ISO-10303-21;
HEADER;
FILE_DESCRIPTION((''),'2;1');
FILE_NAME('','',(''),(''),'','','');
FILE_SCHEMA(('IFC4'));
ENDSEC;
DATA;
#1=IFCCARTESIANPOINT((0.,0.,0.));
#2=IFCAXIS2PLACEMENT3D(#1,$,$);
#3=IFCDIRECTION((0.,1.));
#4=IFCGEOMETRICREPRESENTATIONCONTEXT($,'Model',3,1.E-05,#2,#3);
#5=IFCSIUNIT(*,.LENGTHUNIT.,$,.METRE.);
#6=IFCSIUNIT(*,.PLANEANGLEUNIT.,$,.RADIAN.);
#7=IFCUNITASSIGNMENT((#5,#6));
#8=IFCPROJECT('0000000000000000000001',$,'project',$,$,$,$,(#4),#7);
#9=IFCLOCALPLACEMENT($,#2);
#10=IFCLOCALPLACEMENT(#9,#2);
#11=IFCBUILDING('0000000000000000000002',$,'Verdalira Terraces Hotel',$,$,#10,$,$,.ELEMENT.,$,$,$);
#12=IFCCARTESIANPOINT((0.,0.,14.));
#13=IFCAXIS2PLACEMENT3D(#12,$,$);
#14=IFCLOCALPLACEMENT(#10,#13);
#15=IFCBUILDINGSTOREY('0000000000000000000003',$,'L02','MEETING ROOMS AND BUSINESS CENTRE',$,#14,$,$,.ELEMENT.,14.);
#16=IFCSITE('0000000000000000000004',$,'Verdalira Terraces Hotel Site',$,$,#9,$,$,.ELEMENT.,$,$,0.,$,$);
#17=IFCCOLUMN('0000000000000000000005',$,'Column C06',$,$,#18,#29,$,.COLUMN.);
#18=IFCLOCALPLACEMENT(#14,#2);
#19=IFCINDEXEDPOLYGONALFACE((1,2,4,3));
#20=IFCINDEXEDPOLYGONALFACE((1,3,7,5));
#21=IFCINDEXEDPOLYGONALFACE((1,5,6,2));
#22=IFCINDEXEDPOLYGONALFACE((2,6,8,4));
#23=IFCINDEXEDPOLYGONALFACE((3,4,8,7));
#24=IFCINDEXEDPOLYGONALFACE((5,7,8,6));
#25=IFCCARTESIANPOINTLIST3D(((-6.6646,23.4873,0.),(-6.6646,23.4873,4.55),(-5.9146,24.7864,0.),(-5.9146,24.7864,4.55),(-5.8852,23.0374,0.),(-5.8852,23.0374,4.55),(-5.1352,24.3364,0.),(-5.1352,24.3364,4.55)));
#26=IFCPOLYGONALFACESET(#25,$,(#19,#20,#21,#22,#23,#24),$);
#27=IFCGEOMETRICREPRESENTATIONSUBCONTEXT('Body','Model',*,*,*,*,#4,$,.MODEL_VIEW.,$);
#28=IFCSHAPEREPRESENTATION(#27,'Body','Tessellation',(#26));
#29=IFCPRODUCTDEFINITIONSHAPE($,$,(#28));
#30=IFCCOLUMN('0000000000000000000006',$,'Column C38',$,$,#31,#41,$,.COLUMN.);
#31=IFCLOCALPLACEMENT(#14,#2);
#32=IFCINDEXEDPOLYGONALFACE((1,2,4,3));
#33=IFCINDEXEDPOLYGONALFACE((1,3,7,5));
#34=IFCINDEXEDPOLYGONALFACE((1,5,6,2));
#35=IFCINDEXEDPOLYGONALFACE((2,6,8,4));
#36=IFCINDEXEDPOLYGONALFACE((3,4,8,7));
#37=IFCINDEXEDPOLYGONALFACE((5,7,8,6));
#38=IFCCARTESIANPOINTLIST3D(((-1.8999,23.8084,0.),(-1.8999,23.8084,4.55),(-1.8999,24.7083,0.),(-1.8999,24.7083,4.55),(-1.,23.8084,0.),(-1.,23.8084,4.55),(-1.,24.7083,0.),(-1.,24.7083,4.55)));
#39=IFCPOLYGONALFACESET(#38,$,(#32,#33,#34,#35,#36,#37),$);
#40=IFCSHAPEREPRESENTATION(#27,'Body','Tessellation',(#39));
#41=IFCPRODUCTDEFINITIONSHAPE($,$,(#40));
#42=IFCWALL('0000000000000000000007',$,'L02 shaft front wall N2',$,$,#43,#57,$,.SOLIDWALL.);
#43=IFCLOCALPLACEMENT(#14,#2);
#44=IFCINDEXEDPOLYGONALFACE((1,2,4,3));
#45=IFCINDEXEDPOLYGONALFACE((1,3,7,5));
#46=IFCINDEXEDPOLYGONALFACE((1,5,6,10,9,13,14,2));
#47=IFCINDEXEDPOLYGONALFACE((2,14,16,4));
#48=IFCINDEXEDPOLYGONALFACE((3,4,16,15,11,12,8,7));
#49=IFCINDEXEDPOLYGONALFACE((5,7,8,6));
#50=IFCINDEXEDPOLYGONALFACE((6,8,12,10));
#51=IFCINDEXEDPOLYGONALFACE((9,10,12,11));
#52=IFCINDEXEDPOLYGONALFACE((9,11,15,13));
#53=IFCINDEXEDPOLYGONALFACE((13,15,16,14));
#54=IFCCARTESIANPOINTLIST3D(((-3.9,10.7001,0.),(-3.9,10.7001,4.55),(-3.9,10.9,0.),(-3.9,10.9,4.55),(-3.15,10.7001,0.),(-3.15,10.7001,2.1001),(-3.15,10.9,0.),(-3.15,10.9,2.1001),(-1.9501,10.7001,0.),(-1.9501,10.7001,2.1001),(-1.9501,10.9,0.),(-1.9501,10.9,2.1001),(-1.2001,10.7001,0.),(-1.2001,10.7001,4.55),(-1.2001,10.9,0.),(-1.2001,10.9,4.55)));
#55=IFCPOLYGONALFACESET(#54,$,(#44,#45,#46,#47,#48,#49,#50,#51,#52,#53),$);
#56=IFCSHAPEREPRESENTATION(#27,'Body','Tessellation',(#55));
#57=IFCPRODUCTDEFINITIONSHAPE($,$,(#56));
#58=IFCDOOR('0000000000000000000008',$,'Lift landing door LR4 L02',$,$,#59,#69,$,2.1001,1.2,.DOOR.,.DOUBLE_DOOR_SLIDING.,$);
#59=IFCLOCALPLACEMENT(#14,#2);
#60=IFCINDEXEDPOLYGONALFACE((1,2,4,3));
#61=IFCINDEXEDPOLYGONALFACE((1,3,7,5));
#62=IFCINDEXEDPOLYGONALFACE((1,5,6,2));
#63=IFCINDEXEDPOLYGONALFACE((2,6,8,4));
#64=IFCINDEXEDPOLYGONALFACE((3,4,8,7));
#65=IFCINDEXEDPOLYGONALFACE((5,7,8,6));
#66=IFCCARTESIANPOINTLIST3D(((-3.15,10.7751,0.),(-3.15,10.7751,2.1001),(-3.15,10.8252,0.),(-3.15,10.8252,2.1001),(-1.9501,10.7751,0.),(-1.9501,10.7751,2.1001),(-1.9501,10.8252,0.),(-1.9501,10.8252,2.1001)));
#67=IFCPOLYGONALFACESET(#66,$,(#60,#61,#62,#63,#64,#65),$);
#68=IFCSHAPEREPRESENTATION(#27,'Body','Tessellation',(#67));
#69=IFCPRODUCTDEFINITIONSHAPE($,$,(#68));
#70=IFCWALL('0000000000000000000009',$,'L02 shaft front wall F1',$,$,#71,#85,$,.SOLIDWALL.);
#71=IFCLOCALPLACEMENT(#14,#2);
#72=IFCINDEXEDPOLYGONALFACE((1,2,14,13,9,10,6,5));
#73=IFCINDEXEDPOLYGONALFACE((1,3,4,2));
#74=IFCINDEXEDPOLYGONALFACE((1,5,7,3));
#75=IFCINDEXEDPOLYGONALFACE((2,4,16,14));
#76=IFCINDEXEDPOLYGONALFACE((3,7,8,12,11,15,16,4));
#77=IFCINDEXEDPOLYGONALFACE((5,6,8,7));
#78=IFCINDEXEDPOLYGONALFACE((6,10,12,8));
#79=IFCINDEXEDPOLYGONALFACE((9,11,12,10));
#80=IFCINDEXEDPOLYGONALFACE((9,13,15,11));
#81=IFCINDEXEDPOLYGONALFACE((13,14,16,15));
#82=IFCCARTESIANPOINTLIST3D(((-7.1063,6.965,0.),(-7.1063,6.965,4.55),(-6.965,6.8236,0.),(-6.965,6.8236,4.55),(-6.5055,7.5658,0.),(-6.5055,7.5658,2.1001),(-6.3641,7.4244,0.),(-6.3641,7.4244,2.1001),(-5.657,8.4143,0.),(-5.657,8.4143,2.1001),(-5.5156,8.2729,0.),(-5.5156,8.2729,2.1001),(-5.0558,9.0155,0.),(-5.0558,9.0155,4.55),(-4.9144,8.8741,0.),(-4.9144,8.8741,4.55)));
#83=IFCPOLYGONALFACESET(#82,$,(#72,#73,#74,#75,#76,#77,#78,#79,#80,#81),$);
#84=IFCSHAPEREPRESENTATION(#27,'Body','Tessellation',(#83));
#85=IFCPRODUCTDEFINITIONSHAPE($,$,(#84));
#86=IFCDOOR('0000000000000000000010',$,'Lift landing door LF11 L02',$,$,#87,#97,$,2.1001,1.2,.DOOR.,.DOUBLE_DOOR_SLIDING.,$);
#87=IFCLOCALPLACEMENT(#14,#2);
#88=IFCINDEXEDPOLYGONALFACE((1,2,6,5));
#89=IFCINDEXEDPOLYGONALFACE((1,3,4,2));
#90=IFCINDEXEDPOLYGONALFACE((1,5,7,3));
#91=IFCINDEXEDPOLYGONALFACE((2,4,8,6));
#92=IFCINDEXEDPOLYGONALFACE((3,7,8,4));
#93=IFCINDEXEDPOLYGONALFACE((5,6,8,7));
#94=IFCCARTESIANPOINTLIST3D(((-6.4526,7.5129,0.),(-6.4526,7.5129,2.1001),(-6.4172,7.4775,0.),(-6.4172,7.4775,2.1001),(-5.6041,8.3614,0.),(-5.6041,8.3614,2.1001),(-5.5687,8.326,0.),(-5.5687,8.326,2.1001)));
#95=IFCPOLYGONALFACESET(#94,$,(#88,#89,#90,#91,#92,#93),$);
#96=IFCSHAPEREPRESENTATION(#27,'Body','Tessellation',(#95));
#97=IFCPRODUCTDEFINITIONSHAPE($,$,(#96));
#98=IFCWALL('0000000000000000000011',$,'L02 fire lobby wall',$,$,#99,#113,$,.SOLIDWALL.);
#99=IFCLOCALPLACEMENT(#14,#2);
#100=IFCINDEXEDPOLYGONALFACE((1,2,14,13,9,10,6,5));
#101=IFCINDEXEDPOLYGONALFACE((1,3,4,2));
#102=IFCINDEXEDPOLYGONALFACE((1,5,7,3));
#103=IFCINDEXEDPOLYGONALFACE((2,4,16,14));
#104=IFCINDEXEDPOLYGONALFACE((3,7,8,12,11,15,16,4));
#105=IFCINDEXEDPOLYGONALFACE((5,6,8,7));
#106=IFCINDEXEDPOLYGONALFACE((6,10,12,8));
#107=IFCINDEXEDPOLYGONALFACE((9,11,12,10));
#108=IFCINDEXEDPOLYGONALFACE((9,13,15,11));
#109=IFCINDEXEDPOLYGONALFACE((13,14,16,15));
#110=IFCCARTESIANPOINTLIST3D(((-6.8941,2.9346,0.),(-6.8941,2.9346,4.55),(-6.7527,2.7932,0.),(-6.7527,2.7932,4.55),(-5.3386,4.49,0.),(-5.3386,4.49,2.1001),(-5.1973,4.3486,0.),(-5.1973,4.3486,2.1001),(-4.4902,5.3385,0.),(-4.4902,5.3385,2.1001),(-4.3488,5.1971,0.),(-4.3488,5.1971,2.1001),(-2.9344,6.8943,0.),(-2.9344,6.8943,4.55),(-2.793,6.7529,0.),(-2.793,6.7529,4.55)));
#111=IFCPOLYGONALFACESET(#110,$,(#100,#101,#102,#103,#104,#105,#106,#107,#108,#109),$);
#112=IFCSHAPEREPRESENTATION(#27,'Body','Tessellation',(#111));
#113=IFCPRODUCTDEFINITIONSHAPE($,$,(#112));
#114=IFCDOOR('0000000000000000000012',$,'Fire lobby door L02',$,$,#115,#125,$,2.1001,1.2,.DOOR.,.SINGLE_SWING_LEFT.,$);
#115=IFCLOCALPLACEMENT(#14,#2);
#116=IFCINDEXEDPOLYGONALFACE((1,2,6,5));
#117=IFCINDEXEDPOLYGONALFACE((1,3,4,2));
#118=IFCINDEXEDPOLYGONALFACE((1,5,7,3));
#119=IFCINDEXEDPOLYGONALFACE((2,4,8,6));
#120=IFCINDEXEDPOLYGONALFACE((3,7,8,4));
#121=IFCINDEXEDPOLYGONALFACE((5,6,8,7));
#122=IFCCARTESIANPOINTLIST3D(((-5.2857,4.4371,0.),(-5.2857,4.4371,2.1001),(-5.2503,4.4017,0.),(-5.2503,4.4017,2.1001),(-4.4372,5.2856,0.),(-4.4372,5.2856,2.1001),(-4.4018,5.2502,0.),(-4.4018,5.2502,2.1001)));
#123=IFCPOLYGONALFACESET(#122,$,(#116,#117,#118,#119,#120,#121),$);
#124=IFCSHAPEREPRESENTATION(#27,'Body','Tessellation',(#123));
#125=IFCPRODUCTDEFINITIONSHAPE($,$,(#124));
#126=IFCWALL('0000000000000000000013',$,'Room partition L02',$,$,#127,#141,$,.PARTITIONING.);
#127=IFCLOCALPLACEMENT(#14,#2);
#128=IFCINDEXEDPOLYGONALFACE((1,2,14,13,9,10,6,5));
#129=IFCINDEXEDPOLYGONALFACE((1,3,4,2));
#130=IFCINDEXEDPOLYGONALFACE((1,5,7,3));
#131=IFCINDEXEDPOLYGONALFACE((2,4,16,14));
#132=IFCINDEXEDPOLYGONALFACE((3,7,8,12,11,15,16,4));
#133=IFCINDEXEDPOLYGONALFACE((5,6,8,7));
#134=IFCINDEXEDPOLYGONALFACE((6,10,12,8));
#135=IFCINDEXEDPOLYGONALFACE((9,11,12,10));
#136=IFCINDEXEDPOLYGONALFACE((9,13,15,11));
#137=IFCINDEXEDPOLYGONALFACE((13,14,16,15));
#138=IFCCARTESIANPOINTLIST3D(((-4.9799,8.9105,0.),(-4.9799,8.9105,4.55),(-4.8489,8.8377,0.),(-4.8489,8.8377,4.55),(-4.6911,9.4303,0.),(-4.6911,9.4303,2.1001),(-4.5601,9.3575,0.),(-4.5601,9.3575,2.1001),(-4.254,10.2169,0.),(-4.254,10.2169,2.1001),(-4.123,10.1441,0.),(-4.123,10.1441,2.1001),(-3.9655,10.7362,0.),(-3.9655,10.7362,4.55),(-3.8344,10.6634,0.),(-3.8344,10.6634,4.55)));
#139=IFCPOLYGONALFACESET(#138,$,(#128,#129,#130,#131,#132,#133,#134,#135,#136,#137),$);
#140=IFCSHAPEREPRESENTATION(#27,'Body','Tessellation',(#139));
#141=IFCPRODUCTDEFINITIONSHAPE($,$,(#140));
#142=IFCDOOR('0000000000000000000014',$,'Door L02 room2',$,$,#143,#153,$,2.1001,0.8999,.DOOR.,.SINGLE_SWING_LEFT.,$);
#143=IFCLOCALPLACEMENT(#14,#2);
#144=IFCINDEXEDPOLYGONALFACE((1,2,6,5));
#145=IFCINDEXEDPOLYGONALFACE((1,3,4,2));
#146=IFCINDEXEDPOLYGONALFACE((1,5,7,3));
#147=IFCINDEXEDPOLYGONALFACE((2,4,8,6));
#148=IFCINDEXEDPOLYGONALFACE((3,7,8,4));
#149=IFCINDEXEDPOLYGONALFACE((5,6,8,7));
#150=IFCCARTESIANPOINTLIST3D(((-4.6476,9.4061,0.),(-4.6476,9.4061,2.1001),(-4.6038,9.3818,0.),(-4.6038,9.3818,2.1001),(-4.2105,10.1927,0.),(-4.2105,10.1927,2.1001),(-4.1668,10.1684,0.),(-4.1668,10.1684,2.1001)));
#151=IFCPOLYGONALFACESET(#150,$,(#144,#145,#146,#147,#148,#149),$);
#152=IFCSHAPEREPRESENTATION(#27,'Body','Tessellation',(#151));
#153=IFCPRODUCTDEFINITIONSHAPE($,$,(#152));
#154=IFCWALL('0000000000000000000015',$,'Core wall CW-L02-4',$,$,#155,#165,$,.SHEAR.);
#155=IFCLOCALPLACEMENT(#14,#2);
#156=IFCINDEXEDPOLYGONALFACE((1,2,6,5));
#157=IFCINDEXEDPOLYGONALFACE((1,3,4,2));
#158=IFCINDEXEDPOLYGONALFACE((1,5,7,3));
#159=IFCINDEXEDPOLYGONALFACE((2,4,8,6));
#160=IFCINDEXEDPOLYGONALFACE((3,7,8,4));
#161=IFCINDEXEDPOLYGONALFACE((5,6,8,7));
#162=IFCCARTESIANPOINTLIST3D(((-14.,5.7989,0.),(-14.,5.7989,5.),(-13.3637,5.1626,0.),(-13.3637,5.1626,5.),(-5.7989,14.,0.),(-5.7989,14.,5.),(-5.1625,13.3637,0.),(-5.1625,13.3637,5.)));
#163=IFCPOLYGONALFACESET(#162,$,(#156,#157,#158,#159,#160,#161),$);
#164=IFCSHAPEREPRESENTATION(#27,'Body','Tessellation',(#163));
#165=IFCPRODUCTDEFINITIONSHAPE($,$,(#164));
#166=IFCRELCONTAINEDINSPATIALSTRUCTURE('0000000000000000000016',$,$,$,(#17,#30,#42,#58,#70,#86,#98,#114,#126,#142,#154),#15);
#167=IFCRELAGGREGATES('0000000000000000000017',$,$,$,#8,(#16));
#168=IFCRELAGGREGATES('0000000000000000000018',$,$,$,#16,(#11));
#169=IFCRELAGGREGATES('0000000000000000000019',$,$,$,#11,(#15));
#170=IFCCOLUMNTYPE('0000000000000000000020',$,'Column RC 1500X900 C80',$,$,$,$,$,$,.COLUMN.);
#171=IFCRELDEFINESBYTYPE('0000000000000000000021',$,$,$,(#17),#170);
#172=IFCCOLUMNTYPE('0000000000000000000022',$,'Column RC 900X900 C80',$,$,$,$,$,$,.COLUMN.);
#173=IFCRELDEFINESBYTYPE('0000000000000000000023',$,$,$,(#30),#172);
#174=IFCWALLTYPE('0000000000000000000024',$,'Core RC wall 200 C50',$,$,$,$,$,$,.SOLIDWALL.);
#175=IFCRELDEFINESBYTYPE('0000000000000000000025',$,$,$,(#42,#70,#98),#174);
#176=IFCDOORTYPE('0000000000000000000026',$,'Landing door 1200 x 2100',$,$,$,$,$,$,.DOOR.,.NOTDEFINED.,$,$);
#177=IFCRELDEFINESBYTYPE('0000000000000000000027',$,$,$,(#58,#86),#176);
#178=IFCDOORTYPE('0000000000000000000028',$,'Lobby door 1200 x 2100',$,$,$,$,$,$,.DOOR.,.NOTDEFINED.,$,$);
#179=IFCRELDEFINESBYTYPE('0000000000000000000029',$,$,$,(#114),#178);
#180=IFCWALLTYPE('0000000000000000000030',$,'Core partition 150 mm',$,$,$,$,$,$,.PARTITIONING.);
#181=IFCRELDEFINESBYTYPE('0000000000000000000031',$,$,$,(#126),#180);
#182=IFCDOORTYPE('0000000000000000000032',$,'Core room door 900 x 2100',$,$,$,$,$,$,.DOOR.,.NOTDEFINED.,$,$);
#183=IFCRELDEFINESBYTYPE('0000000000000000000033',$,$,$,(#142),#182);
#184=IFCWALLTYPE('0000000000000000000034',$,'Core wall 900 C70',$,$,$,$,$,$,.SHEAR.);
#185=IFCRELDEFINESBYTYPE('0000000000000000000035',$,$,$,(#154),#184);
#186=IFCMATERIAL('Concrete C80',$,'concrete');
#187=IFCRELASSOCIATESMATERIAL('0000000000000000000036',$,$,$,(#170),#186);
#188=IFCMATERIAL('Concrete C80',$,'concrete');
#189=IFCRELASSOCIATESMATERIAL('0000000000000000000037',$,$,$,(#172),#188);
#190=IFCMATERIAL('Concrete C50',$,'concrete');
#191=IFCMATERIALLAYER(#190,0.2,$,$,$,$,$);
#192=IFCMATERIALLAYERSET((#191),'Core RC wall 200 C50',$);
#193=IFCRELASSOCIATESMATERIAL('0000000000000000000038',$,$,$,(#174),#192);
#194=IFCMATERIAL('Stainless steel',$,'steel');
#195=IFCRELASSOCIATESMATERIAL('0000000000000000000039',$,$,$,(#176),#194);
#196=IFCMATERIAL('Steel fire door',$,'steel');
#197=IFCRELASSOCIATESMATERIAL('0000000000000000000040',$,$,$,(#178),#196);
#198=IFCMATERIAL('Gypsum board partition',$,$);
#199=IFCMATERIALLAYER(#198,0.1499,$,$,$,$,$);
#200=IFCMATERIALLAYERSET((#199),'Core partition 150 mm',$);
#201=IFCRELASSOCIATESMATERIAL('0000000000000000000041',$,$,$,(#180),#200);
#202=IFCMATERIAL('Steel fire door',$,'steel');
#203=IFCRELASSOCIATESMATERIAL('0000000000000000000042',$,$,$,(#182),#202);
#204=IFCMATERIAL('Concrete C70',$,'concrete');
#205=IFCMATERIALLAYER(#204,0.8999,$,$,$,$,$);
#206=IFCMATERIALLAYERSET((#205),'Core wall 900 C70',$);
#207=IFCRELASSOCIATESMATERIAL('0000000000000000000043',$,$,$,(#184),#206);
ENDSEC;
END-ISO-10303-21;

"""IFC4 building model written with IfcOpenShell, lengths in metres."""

from ifc_helpers import new_model, si_unit, direction, frame, frame_2d, origin, origin_2d, place, context, subcontext, project, spatial, rectangle, extrude, material, layer, layer_set, material_profile, profile_set, type_object, element, fill, save


model = new_model("IFC4")

# Units and contexts
model_context = context("Model", 3, precision=1e-05, world=origin(), true_north=direction((0.0, 1.0)))
body_context = subcontext(model_context, "Body", "Model", "MODEL_VIEW")
ifc_project = project(units=[si_unit("LENGTHUNIT", "METRE"), si_unit("PLANEANGLEUNIT", "RADIAN")], contexts=[model_context])

# Site, building, storey
site_placement = place(None, origin())
site = spatial("IfcSite", under=ifc_project, at=site_placement, Name="Verdalira Terraces Hotel Site", CompositionType="ELEMENT", RefElevation=0.0)
building_placement = place(site_placement, origin())
building = spatial("IfcBuilding", under=site, at=building_placement, Name="Verdalira Terraces Hotel", CompositionType="ELEMENT")
storey_placement = place(building_placement, frame((0.0, 0.0, 14.0)))
storey = spatial("IfcBuildingStorey", under=building, at=storey_placement, Name="L02", Description="MEETING ROOMS AND BUSINESS CENTRE", CompositionType="ELEMENT", Elevation=14.0)

# Columns
ifc_material_1 = material(Name="Concrete C80", Category="concrete")
ifc_material_profile_1 = material_profile(ifc_material_1, rectangle(XDim=1.5, YDim=0.8999, at=origin_2d()), Name="RC 1500X900")
ifc_profile_set_1 = profile_set([ifc_material_profile_1], Name="Concrete C80")
column_type_1 = type_object("IfcColumnType", Name="Column RC 1500X900 C80", PredefinedType="COLUMN", material=ifc_profile_set_1)
column_1_placement = place(storey_placement, frame((-5.8999, 23.9119, 0.0), z_axis=(0.0, 0.0, 1.0), x_axis=(0.5, 0.866025, 0.0)))
element("IfcColumn", 1, at=column_1_placement, inside=storey, type_object=column_type_1, Name="Column C06", PredefinedType="COLUMN", context=body_context, shape_type="SweptSolid", body=[
    extrude(rectangle(XDim=1.5, YDim=0.8999, at=origin_2d()), origin(), (0.0, 0.0, 1.0), 4.55),
])
ifc_material_2 = material(Name="Concrete C80", Category="concrete")
ifc_material_profile_2 = material_profile(ifc_material_2, rectangle(XDim=0.8999, YDim=0.8999, at=origin_2d()), Name="RC 900X900")
ifc_profile_set_2 = profile_set([ifc_material_profile_2], Name="Concrete C80")
column_type_2 = type_object("IfcColumnType", Name="Column RC 900X900 C80", PredefinedType="COLUMN", material=ifc_profile_set_2)
column_2_placement = place(storey_placement, frame((-1.45, 24.2583, 0.0), z_axis=(0.0, 0.0, 1.0), x_axis=(0.0, 1.0, 0.0)))
element("IfcColumn", 2, at=column_2_placement, inside=storey, type_object=column_type_2, Name="Column C38", PredefinedType="COLUMN", context=body_context, shape_type="SweptSolid", body=[
    extrude(rectangle(XDim=0.8999, YDim=0.8999, at=origin_2d()), origin(), (0.0, 0.0, 1.0), 4.55),
])

# Walls, openings, doors
ifc_material_3 = material(Name="Concrete C50", Category="concrete")
ifc_layer_1 = layer(ifc_material_3, 0.2)
ifc_layer_set_1 = layer_set([ifc_layer_1], Name="Core RC wall 200 C50")
wall_type_1 = type_object("IfcWallType", Name="Core RC wall 200 C50", PredefinedType="SOLIDWALL", material=ifc_layer_set_1)
wall_1_placement = place(storey_placement, frame((-1.2, 10.8, 0.0), z_axis=(0.0, 0.0, 1.0), x_axis=(-1.0, 0.0, 0.0)))
wall_1 = element("IfcWall", 3, at=wall_1_placement, inside=storey, type_object=wall_type_1, Name="L02 shaft front wall N2", PredefinedType="SOLIDWALL", context=body_context, shape_type="SweptSolid", body=[
    extrude(rectangle(XDim=2.7, YDim=0.2, at=frame_2d((1.3501, 0.0))), origin(), (0.0, 0.0, 1.0), 4.55),
])
opening_1_placement = place(wall_1_placement, frame((0.75, 0.0, 0.0)))
opening_1 = element("IfcOpeningElement", 4, at=opening_1_placement, cuts=wall_1, PredefinedType="OPENING", context=body_context, shape_type="SweptSolid", body=[
    extrude(rectangle(XDim=1.2, YDim=2.1001, at=frame_2d((0.6001, 1.05))), frame((0.0, 0.1099, 0.0), z_axis=(0.0, -1.0, 0.0), x_axis=(1.0, 0.0, 0.0)), (0.0, 0.0, 1.0), 0.22),
])
ifc_material_4 = material(Name="Stainless steel", Category="steel")
door_type_1 = type_object("IfcDoorType", Name="Landing door 1200 x 2100", OperationType="NOTDEFINED", PredefinedType="DOOR", material=ifc_material_4)
door_1_placement = place(opening_1_placement, origin())
door_1 = element("IfcDoor", 5, at=door_1_placement, inside=storey, type_object=door_type_1, Name="Lift landing door LR4 L02", OperationType="DOUBLE_DOOR_SLIDING", OverallHeight=2.1001, OverallWidth=1.2, PredefinedType="DOOR", context=body_context, shape_type="SweptSolid", body=[
    extrude(rectangle(XDim=1.2, YDim=2.1001, at=frame_2d((0.6001, 1.05))), frame((0.0, 0.0249, 0.0), z_axis=(0.0, -1.0, 0.0), x_axis=(1.0, 0.0, 0.0)), (0.0, 0.0, 1.0), 0.05),
])
fill(opening_1, door_1)
wall_2_placement = place(storey_placement, frame((-4.9851, 8.9448, 0.0), z_axis=(0.0, 0.0, 1.0), x_axis=(-0.707107, -0.707107, 0.0)))
wall_2 = element("IfcWall", 6, at=wall_2_placement, inside=storey, type_object=wall_type_1, Name="L02 shaft front wall F1", PredefinedType="SOLIDWALL", context=body_context, shape_type="SweptSolid", body=[
    extrude(rectangle(XDim=2.8999, YDim=0.2, at=frame_2d((1.45, 0.0))), origin(), (0.0, 0.0, 1.0), 4.55),
])
opening_2_placement = place(wall_2_placement, frame((0.8501, 0.0, 0.0)))
opening_2 = element("IfcOpeningElement", 7, at=opening_2_placement, cuts=wall_2, PredefinedType="OPENING", context=body_context, shape_type="SweptSolid", body=[
    extrude(rectangle(XDim=1.2, YDim=2.1001, at=frame_2d((0.6001, 1.05))), frame((0.0, 0.1099, 0.0), z_axis=(0.0, -1.0, 0.0), x_axis=(1.0, 0.0, 0.0)), (0.0, 0.0, 1.0), 0.22),
])
door_2_placement = place(opening_2_placement, origin())
door_2 = element("IfcDoor", 8, at=door_2_placement, inside=storey, type_object=door_type_1, Name="Lift landing door LF11 L02", OperationType="DOUBLE_DOOR_SLIDING", OverallHeight=2.1001, OverallWidth=1.2, PredefinedType="DOOR", context=body_context, shape_type="SweptSolid", body=[
    extrude(rectangle(XDim=1.2, YDim=2.1001, at=frame_2d((0.6001, 1.05))), frame((0.0, 0.0249, 0.0), z_axis=(0.0, -1.0, 0.0), x_axis=(1.0, 0.0, 0.0)), (0.0, 0.0, 1.0), 0.05),
])
fill(opening_2, door_2)
wall_3_placement = place(storey_placement, frame((-2.8638, 6.8235, 0.0), z_axis=(0.0, 0.0, 1.0), x_axis=(-0.707107, -0.707107, 0.0)))
wall_3 = element("IfcWall", 9, at=wall_3_placement, inside=storey, type_object=wall_type_1, Name="L02 fire lobby wall", PredefinedType="SOLIDWALL", context=body_context, shape_type="SweptSolid", body=[
    extrude(rectangle(XDim=5.5999, YDim=0.2, at=frame_2d((2.7998, 0.0))), origin(), (0.0, 0.0, 1.0), 4.55),
])
opening_3_placement = place(wall_3_placement, frame((2.2, 0.0, 0.0)))
opening_3 = element("IfcOpeningElement", 10, at=opening_3_placement, cuts=wall_3, PredefinedType="OPENING", context=body_context, shape_type="SweptSolid", body=[
    extrude(rectangle(XDim=1.2, YDim=2.1001, at=frame_2d((0.6001, 1.05))), frame((0.0, 0.1099, 0.0), z_axis=(0.0, -1.0, 0.0), x_axis=(1.0, 0.0, 0.0)), (0.0, 0.0, 1.0), 0.22),
])
ifc_material_5 = material(Name="Steel fire door", Category="steel")
door_type_2 = type_object("IfcDoorType", Name="Lobby door 1200 x 2100", OperationType="NOTDEFINED", PredefinedType="DOOR", material=ifc_material_5)
door_3_placement = place(opening_3_placement, origin())
door_3 = element("IfcDoor", 11, at=door_3_placement, inside=storey, type_object=door_type_2, Name="Fire lobby door L02", OperationType="SINGLE_SWING_LEFT", OverallHeight=2.1001, OverallWidth=1.2, PredefinedType="DOOR", context=body_context, shape_type="SweptSolid", body=[
    extrude(rectangle(XDim=1.2, YDim=2.1001, at=frame_2d((0.6001, 1.05))), frame((0.0, 0.0249, 0.0), z_axis=(0.0, -1.0, 0.0), x_axis=(1.0, 0.0, 0.0)), (0.0, 0.0, 1.0), 0.05),
])
fill(opening_3, door_3)
ifc_material_6 = material(Name="Gypsum board partition")
ifc_layer_2 = layer(ifc_material_6, 0.1499)
ifc_layer_set_2 = layer_set([ifc_layer_2], Name="Core partition 150 mm")
wall_type_2 = type_object("IfcWallType", Name="Core partition 150 mm", PredefinedType="PARTITIONING", material=ifc_layer_set_2)
wall_4_placement = place(storey_placement, frame((-3.8999, 10.7, 0.0), z_axis=(0.0, 0.0, 1.0), x_axis=(-0.485693, -0.87413, 0.0)))
wall_4 = element("IfcWall", 12, at=wall_4_placement, inside=storey, type_object=wall_type_2, Name="Room partition L02", PredefinedType="PARTITIONING", context=body_context, shape_type="SweptSolid", body=[
    extrude(rectangle(XDim=2.0886, YDim=0.1499, at=frame_2d((1.0444, 0.0))), origin(), (0.0, 0.0, 1.0), 4.55),
])
opening_4_placement = place(wall_4_placement, frame((0.5942, 0.0, 0.0)))
opening_4 = element("IfcOpeningElement", 13, at=opening_4_placement, cuts=wall_4, PredefinedType="OPENING", context=body_context, shape_type="SweptSolid", body=[
    extrude(rectangle(XDim=0.8999, YDim=2.1001, at=frame_2d((0.45, 1.05))), frame((0.0, 0.085, 0.0), z_axis=(0.0, -1.0, 0.0), x_axis=(1.0, 0.0, 0.0)), (0.0, 0.0, 1.0), 0.1699),
])
ifc_material_7 = material(Name="Steel fire door", Category="steel")
door_type_3 = type_object("IfcDoorType", Name="Core room door 900 x 2100", OperationType="NOTDEFINED", PredefinedType="DOOR", material=ifc_material_7)
door_4_placement = place(opening_4_placement, origin())
door_4 = element("IfcDoor", 14, at=door_4_placement, inside=storey, type_object=door_type_3, Name="Door L02 room2", OperationType="SINGLE_SWING_LEFT", OverallHeight=2.1001, OverallWidth=0.8999, PredefinedType="DOOR", context=body_context, shape_type="SweptSolid", body=[
    extrude(rectangle(XDim=0.8999, YDim=2.1001, at=frame_2d((0.45, 1.05))), frame((0.0, 0.0249, 0.0), z_axis=(0.0, -1.0, 0.0), x_axis=(1.0, 0.0, 0.0)), (0.0, 0.0, 1.0), 0.05),
])
fill(opening_4, door_4)

# Wall
ifc_material_8 = material(Name="Concrete C70", Category="concrete")
ifc_layer_3 = layer(ifc_material_8, 0.8999)
ifc_layer_set_3 = layer_set([ifc_layer_3], Name="Core wall 900 C70")
wall_type_3 = type_object("IfcWallType", Name="Core wall 900 C70", PredefinedType="SHEAR", material=ifc_layer_set_3)
wall_5_placement = place(storey_placement, frame((-5.4807, 13.6819, 0.0), z_axis=(0.0, 0.0, 1.0), x_axis=(-0.707107, -0.707107, 0.0)))
element("IfcWall", 15, at=wall_5_placement, inside=storey, type_object=wall_type_3, Name="Core wall CW-L02-4", PredefinedType="SHEAR", context=body_context, shape_type="SweptSolid", body=[
    extrude(rectangle(XDim=11.5981, YDim=0.8999, at=frame_2d((5.7991, 0.0))), origin(), (0.0, 0.0, 1.0), 5.0),
])

save(model, "model.ifc")
